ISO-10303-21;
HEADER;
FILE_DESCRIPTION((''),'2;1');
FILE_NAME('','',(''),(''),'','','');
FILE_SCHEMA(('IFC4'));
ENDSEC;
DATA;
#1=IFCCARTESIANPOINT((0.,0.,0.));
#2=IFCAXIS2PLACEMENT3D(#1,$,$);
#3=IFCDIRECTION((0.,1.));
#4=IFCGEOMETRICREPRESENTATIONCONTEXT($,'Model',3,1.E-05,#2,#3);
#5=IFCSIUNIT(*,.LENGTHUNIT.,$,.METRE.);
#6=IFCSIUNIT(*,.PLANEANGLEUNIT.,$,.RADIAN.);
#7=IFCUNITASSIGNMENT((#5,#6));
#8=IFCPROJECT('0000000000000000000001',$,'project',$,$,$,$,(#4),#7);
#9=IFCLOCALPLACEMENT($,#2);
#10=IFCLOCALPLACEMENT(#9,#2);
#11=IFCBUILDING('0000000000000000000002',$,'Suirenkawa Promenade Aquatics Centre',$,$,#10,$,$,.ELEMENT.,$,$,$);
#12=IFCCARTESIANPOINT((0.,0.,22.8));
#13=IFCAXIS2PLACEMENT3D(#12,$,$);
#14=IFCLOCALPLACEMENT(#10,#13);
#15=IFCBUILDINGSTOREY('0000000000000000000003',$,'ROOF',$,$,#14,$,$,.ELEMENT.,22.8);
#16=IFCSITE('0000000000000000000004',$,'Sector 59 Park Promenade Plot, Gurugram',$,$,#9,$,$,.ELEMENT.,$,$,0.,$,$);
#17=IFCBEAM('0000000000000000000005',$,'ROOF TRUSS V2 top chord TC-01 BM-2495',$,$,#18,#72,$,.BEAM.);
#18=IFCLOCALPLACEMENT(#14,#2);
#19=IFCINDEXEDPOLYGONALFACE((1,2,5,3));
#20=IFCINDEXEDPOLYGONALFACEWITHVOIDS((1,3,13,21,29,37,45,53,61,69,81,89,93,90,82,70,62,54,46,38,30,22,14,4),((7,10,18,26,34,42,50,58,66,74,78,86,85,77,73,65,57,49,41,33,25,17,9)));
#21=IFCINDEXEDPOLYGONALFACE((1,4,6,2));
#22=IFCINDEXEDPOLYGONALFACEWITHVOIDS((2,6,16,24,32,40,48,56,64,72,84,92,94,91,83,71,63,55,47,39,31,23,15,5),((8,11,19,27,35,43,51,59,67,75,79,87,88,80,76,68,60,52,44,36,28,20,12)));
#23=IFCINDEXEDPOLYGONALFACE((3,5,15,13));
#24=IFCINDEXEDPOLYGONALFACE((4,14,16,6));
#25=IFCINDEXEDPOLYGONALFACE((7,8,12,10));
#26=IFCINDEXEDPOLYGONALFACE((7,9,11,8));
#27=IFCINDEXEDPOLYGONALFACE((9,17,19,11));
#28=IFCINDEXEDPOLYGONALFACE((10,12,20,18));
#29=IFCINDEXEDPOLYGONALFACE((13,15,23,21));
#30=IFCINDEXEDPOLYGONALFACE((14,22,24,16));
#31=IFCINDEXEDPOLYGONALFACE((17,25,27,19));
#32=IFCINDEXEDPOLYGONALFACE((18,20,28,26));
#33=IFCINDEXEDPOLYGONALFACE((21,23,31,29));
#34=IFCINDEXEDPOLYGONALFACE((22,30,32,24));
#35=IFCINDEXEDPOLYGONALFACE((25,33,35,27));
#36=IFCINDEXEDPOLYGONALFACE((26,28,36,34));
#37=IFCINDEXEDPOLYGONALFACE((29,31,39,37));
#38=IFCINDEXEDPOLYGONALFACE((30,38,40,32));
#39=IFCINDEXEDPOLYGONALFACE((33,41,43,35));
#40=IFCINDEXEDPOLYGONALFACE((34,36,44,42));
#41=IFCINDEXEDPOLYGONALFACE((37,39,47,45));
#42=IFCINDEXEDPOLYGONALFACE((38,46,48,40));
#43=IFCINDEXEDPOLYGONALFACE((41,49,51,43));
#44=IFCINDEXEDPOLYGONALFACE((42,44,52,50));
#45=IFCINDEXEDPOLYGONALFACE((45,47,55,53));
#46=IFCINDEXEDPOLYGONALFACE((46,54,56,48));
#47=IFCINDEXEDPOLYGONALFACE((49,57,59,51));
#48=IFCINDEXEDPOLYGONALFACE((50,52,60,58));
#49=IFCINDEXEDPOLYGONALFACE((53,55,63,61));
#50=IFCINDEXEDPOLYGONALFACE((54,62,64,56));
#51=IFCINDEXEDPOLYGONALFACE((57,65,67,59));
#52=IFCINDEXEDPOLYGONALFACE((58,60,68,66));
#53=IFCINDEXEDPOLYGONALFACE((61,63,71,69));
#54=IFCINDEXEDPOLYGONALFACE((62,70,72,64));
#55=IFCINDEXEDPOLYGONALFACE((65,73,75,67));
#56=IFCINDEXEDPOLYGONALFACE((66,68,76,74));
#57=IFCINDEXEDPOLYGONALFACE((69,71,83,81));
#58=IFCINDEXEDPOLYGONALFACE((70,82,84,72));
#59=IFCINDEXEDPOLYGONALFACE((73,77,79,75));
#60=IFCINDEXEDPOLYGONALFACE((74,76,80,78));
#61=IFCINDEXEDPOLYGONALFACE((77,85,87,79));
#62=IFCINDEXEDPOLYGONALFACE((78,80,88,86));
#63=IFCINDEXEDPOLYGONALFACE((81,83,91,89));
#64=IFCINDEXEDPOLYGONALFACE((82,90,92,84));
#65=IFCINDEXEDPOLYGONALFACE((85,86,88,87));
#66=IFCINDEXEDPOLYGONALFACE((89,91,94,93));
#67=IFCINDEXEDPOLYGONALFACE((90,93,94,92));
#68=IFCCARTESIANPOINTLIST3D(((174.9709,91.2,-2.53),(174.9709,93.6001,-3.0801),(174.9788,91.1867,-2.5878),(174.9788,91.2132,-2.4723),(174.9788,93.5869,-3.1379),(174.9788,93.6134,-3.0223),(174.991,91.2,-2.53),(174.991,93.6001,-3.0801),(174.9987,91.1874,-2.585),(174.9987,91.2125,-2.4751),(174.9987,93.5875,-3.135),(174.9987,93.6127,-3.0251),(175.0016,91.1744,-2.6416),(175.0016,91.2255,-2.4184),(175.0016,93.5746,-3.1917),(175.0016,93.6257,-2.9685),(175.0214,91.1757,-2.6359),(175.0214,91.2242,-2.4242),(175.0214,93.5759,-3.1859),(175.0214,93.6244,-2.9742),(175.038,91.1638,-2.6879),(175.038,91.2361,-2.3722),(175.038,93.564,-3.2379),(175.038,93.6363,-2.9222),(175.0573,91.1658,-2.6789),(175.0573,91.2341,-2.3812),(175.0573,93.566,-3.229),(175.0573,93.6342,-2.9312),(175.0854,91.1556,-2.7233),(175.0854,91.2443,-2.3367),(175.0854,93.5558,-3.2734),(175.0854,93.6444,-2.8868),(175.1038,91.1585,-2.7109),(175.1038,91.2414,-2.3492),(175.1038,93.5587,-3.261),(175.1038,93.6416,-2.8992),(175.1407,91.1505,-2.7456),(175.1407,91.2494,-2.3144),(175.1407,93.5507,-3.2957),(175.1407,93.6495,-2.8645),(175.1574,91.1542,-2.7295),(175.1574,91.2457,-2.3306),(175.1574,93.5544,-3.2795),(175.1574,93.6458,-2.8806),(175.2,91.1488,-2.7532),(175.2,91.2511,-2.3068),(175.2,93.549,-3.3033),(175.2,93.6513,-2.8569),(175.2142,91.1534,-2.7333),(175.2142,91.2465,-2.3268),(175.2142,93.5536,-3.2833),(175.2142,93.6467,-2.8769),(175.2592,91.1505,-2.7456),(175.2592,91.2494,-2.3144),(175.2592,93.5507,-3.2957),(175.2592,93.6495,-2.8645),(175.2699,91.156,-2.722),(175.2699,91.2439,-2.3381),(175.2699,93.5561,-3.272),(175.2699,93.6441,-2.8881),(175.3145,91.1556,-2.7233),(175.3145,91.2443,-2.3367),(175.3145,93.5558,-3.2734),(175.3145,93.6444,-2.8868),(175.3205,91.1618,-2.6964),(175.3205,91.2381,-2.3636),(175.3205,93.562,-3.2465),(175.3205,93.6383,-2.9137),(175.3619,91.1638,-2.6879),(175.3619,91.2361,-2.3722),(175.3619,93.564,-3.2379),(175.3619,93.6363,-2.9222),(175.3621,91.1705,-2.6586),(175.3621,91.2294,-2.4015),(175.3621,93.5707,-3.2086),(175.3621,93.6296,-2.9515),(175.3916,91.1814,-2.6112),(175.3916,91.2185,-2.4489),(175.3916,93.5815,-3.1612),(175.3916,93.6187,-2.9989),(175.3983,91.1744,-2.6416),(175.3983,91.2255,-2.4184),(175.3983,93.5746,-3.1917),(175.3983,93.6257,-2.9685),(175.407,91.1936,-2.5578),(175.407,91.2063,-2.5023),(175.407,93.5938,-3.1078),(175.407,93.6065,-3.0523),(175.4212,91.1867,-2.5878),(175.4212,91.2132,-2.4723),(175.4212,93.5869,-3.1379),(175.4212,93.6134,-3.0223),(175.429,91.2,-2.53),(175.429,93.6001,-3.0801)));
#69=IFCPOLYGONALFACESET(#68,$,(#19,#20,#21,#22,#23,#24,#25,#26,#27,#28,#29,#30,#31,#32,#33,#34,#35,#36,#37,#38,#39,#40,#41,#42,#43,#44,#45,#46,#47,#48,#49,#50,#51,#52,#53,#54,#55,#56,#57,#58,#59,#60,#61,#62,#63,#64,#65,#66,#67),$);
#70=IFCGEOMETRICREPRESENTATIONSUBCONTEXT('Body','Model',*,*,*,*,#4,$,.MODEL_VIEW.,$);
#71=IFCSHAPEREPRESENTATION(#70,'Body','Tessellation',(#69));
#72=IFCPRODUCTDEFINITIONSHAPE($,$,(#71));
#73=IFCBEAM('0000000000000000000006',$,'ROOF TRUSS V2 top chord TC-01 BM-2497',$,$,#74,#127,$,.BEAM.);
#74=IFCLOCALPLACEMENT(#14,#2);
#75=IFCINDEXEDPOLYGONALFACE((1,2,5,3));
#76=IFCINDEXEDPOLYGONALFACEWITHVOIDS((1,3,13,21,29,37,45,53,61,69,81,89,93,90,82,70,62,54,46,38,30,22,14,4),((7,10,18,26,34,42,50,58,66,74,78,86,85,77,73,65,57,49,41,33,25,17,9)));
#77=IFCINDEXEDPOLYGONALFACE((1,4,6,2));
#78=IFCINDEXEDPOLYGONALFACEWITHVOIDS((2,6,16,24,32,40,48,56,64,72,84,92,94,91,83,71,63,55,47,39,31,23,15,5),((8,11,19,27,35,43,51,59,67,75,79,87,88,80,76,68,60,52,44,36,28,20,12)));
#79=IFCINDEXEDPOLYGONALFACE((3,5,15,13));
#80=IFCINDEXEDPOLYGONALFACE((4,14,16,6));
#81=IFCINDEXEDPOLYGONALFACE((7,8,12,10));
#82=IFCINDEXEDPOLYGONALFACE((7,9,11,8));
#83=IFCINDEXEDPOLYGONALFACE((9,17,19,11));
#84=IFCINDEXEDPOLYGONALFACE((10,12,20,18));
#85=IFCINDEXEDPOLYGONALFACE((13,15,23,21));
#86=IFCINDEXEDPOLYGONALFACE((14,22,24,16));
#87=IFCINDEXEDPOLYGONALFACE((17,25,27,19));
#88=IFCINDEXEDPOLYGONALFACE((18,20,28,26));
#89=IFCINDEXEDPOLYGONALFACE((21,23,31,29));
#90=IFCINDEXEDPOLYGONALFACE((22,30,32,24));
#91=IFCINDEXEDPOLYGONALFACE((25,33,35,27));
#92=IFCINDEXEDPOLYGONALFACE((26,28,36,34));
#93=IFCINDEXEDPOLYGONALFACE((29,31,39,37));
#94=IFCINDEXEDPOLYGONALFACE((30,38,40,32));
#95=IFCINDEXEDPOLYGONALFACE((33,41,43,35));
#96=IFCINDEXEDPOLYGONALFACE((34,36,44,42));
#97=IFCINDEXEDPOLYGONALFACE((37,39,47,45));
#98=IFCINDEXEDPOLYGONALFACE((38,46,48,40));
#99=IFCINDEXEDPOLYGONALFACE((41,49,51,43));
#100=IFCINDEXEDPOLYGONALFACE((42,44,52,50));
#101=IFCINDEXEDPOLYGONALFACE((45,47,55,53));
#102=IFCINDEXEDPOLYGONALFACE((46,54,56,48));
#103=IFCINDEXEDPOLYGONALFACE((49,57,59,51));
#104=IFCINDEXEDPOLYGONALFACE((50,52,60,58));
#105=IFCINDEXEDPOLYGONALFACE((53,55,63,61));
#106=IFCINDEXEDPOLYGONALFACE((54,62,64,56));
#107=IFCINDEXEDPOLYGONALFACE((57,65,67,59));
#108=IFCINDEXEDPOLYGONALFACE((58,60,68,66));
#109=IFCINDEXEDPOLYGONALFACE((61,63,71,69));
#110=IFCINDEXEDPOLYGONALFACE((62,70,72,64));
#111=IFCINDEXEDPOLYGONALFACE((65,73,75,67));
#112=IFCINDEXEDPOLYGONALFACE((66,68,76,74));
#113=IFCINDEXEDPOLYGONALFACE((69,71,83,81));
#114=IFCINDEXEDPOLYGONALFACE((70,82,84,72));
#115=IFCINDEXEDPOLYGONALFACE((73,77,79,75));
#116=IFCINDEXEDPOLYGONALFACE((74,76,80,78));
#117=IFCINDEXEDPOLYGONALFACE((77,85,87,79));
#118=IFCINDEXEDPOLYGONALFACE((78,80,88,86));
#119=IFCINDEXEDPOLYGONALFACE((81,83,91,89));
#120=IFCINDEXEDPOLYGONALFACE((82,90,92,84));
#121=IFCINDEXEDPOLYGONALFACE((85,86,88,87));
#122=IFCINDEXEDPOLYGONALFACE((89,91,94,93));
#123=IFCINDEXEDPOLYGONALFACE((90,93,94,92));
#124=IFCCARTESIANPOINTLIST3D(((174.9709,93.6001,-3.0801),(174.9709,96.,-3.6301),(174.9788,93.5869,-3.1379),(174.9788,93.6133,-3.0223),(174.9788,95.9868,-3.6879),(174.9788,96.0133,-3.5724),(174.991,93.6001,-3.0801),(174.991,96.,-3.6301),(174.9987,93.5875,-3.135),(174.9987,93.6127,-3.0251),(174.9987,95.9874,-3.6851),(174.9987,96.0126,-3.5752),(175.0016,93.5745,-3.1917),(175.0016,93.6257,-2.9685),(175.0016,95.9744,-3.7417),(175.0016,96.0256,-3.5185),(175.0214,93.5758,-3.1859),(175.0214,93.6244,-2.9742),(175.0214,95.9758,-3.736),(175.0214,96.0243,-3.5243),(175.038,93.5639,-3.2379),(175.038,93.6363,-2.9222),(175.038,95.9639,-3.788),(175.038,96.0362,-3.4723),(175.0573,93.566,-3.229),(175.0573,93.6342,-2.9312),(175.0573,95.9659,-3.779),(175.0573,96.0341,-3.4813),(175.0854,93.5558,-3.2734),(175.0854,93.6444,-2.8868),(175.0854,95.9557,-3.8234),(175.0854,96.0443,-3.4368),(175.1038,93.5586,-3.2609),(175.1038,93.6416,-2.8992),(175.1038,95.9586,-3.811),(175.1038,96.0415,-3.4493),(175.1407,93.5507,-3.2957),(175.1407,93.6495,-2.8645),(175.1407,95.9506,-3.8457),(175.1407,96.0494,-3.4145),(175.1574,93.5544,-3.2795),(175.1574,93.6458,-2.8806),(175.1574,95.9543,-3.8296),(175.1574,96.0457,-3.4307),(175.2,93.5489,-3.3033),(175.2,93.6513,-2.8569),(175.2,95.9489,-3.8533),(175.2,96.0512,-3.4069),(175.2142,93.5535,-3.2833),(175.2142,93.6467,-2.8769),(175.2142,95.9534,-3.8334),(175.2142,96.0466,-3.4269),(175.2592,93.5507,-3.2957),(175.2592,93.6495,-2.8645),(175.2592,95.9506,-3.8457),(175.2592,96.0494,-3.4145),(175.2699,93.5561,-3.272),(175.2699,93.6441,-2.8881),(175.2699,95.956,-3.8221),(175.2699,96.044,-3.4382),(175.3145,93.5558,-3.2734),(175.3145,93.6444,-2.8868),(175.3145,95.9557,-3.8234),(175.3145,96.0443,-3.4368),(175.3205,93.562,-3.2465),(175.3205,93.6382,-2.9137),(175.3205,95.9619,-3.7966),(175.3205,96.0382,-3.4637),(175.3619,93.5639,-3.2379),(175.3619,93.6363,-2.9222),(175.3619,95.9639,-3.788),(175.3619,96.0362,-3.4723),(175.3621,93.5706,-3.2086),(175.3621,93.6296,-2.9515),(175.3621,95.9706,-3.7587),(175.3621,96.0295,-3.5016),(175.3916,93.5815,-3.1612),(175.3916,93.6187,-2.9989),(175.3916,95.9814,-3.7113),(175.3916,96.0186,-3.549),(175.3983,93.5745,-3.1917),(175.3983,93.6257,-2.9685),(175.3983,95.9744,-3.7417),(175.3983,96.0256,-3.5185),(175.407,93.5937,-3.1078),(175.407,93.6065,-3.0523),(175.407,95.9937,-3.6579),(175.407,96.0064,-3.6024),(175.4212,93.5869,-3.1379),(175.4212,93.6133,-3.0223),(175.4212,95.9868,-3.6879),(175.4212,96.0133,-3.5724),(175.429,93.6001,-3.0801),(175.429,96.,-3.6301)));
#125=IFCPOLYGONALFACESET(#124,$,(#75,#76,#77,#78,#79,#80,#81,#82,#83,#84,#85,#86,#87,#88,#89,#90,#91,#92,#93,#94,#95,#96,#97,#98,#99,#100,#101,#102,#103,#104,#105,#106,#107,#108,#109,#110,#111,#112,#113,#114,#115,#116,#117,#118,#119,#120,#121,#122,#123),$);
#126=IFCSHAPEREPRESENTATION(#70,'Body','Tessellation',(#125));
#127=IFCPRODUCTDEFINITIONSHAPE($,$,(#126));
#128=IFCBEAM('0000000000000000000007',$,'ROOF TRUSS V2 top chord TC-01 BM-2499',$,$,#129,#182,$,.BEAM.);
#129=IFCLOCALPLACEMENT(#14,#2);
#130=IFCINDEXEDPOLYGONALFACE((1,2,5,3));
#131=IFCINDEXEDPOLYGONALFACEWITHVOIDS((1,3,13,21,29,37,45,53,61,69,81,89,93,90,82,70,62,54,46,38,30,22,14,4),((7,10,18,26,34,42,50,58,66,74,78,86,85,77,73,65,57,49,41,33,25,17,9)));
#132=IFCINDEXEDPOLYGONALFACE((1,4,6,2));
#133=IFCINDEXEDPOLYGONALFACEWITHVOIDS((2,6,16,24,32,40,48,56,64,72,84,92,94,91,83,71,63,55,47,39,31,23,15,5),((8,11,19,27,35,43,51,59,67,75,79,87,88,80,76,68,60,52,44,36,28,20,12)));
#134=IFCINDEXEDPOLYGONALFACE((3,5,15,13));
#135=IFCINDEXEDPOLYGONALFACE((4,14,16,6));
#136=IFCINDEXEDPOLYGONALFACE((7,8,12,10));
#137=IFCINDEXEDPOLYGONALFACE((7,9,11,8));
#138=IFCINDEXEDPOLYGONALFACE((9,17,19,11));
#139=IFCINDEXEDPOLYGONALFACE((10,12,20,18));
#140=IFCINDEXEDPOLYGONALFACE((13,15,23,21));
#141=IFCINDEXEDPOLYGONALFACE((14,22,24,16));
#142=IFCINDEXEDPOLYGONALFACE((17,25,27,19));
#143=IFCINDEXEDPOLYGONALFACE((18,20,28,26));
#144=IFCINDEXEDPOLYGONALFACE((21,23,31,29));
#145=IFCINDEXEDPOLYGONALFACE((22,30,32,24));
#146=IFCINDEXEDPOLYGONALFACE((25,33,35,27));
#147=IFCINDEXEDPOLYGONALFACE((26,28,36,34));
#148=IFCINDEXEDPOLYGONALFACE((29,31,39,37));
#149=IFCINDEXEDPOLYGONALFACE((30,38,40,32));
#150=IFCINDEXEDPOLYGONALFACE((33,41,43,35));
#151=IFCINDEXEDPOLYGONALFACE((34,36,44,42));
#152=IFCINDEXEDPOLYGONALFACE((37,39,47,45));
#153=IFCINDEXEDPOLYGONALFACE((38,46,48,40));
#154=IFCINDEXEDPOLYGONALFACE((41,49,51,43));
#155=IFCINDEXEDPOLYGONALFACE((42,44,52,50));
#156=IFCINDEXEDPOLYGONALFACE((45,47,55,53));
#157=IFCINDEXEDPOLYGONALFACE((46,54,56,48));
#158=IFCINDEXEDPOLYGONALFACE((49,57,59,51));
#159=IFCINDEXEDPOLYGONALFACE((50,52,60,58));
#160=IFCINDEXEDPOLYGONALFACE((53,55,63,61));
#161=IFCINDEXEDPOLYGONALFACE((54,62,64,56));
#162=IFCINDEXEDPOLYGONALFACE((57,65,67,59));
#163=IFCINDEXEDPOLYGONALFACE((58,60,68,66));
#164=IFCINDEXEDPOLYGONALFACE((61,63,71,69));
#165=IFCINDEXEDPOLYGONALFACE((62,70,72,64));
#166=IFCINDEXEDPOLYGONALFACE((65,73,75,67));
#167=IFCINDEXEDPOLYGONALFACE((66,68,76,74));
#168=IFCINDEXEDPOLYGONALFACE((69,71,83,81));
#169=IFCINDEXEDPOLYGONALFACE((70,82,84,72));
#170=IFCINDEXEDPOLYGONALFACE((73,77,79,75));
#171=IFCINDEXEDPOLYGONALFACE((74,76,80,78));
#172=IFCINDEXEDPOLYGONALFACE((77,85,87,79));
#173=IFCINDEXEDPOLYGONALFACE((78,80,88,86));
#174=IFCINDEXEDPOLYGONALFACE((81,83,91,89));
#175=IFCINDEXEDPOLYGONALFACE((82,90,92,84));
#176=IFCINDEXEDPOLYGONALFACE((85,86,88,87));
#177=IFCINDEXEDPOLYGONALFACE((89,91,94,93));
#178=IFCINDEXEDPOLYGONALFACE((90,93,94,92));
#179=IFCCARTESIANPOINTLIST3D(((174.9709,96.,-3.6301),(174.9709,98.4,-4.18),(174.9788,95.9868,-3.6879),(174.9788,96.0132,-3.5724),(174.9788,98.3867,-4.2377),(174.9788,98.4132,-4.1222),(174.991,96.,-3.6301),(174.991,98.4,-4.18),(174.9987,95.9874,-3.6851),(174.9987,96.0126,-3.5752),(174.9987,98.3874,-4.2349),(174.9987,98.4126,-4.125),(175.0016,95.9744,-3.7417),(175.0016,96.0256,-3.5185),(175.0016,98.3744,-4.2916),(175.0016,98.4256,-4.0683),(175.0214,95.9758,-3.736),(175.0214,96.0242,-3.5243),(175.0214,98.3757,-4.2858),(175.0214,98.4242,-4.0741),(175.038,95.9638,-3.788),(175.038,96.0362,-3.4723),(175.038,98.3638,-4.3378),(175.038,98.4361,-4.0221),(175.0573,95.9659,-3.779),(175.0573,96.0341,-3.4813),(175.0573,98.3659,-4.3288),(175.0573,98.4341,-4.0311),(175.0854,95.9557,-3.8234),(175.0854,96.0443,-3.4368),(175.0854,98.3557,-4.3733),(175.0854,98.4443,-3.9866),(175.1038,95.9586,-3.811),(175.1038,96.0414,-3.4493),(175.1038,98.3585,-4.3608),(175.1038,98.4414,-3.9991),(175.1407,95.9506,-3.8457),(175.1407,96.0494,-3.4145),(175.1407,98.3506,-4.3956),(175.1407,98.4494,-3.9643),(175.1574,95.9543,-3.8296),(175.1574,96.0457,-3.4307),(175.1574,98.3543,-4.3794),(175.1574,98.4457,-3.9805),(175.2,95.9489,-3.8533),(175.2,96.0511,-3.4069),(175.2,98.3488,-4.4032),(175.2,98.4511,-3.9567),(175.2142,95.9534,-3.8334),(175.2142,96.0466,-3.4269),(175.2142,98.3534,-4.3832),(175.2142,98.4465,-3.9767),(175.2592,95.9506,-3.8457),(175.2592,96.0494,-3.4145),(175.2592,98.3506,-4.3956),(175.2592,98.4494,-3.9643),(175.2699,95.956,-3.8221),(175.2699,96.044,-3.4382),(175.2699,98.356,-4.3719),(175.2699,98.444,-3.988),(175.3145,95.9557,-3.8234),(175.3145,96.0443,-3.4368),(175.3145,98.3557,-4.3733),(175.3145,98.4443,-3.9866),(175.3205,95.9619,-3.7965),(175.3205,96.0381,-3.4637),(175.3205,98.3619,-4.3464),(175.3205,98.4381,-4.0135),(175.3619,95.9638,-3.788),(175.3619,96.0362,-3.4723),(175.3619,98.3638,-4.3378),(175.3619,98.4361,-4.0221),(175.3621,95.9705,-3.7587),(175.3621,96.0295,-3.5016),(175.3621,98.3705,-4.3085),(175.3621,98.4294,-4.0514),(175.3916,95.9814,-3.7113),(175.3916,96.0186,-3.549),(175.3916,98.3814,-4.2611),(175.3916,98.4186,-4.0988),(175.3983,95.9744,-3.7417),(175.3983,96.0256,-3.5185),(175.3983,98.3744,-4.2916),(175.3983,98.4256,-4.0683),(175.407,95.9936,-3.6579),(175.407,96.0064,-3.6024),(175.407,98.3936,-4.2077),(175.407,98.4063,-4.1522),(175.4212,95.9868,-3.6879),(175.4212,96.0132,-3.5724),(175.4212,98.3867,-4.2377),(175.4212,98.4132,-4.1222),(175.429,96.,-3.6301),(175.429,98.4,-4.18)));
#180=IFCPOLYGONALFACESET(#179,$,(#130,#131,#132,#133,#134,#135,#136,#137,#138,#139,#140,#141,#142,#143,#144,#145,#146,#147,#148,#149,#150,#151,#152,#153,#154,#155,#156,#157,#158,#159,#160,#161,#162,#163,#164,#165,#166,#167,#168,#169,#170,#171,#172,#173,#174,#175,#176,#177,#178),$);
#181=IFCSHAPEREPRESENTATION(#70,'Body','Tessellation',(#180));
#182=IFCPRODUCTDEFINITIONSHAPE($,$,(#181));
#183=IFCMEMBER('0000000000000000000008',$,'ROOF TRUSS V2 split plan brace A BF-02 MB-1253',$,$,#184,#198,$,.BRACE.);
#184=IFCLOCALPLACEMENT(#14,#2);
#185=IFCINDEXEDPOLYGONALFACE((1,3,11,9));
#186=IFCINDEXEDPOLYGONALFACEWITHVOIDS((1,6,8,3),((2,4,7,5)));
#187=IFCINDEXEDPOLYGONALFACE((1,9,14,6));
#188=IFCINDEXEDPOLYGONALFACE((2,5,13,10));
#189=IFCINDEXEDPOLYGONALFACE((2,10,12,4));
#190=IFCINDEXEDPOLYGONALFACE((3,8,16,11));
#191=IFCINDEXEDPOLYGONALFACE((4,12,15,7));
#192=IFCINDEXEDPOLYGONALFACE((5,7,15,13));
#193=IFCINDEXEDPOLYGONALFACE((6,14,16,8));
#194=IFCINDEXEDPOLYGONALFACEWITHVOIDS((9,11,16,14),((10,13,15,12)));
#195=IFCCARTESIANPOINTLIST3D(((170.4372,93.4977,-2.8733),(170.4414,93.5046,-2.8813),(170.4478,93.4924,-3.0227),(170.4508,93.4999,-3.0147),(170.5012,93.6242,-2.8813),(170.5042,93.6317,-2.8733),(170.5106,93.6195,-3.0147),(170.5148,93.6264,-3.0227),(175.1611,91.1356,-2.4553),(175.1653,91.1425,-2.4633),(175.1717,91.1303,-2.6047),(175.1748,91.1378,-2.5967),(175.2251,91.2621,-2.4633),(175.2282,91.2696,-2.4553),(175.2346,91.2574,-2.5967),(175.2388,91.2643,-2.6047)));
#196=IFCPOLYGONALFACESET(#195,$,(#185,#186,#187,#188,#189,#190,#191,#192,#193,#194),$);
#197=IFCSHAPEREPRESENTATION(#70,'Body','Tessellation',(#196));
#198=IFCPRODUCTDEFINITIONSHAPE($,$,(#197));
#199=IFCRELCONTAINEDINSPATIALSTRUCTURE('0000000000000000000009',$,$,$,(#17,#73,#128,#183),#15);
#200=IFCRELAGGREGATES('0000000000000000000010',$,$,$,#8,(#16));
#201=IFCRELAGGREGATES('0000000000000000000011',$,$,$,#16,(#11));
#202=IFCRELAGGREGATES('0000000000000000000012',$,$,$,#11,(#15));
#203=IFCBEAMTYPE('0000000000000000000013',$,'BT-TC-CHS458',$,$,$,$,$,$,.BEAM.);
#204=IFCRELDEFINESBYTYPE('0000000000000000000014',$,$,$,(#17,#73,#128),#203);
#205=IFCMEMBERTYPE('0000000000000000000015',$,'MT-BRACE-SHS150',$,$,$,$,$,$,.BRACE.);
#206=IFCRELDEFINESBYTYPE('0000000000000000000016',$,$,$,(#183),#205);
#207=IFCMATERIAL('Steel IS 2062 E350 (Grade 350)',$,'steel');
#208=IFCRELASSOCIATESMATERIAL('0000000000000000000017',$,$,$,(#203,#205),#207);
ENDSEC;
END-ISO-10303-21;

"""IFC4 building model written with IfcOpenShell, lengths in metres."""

from ifc_helpers import new_model, si_unit, direction, frame, origin, origin_2d, place, context, subcontext, project, spatial, hollow_rectangle, hollow_circle, extrude, material, material_profile, profile_set, type_object, element, save


model = new_model("IFC4")

# Units and contexts
model_context = context("Model", 3, precision=1e-05, world=origin(), true_north=direction((0.0, 1.0)))
body_context = subcontext(model_context, "Body", "Model", "MODEL_VIEW")
ifc_project = project(units=[si_unit("LENGTHUNIT", "METRE"), si_unit("PLANEANGLEUNIT", "RADIAN")], contexts=[model_context])

# Site, building, storey
site_placement = place(None, origin())
site = spatial("IfcSite", under=ifc_project, at=site_placement, Name="Sector 59 Park Promenade Plot, Gurugram", CompositionType="ELEMENT", RefElevation=0.0)
building_placement = place(site_placement, origin())
building = spatial("IfcBuilding", under=site, at=building_placement, Name="Suirenkawa Promenade Aquatics Centre", CompositionType="ELEMENT")
storey_placement = place(building_placement, frame((0.0, 0.0, 22.8)))
storey = spatial("IfcBuildingStorey", under=building, at=storey_placement, Name="ROOF", CompositionType="ELEMENT", Elevation=22.8)

# Beams
ifc_material = material(Name="Steel IS 2062 E350 (Grade 350)", Category="steel")
ifc_material_profile_1 = material_profile(ifc_material, hollow_circle(Radius=0.229, WallThickness=0.02, at=origin_2d()), Name="CHS 458x20", Category="steel")
ifc_profile_set_1 = profile_set([ifc_material_profile_1], Name="Steel IS 2062 E350 (Grade 350)")
beam_type_1 = type_object("IfcBeamType", Name="BT-TC-CHS458", PredefinedType="BEAM", material=ifc_profile_set_1)
beam_1_placement = place(storey_placement, frame((175.2, 91.2, -2.53), z_axis=(0.0, 0.974731, -0.223382), x_axis=(-1.0, 0.0, 0.0)))
element("IfcBeam", 1, at=beam_1_placement, inside=storey, type_object=beam_type_1, Name="ROOF TRUSS V2 top chord TC-01 BM-2495", PredefinedType="BEAM", context=body_context, shape_type="SweptSolid", body=[
    extrude(hollow_circle(Radius=0.229, WallThickness=0.02, at=origin_2d()), origin(), (0.0, 0.0, 1.0), 2.4624),
])
for number, where, z_axis, x_axis, name in (
    (2, (175.2, 93.6001, -3.0801), (0.0, 0.974726, -0.223404), (-1.0, 0.0, 0.0), "ROOF TRUSS V2 top chord TC-01 BM-2497"),
    (3, (175.2, 96.0, -3.6301), (0.0, 0.974748, -0.223309), (-1.0, 0.0, 0.0), "ROOF TRUSS V2 top chord TC-01 BM-2499"),
):
    element("IfcBeam", number, at=place(storey_placement, frame(where, z_axis=z_axis, x_axis=x_axis)), inside=storey, type_object=beam_type_1, Name=name, PredefinedType="BEAM", context=body_context, shape_type="SweptSolid", body=[
        extrude(hollow_circle(Radius=0.229, WallThickness=0.02, at=origin_2d()), origin(), (0.0, 0.0, 1.0), 2.4622),
    ])

# Member
ifc_material_profile_2 = material_profile(ifc_material, hollow_rectangle(XDim=0.1499, YDim=0.1499, WallThickness=0.0081, at=origin_2d()), Name="SHS 150x150x8", Category="steel")
ifc_profile_set_2 = profile_set([ifc_material_profile_2], Name="Steel IS 2062 E350 (Grade 350)")
member_type_1 = type_object("IfcMemberType", Name="MT-BRACE-SHS150", PredefinedType="BRACE", material=ifc_profile_set_2)
for number, where, z_axis, x_axis, name in (
    (4, (175.2, 91.2, -2.53), (-0.89163, 0.445838, -0.078891), (-0.447232, -0.894418, 0.0), "ROOF TRUSS V2 split plan brace A BF-02 MB-1253"),
):
    element("IfcMember", number, at=place(storey_placement, frame(where, z_axis=z_axis, x_axis=x_axis)), inside=storey, type_object=member_type_1, Name=name, PredefinedType="BRACE", context=body_context, shape_type="SweptSolid", body=[
        extrude(hollow_rectangle(XDim=0.1499, YDim=0.1499, WallThickness=0.0081, at=origin_2d()), origin(), (0.0, 0.0, 1.0), 5.2981),
    ])

save(model, "model.ifc")
